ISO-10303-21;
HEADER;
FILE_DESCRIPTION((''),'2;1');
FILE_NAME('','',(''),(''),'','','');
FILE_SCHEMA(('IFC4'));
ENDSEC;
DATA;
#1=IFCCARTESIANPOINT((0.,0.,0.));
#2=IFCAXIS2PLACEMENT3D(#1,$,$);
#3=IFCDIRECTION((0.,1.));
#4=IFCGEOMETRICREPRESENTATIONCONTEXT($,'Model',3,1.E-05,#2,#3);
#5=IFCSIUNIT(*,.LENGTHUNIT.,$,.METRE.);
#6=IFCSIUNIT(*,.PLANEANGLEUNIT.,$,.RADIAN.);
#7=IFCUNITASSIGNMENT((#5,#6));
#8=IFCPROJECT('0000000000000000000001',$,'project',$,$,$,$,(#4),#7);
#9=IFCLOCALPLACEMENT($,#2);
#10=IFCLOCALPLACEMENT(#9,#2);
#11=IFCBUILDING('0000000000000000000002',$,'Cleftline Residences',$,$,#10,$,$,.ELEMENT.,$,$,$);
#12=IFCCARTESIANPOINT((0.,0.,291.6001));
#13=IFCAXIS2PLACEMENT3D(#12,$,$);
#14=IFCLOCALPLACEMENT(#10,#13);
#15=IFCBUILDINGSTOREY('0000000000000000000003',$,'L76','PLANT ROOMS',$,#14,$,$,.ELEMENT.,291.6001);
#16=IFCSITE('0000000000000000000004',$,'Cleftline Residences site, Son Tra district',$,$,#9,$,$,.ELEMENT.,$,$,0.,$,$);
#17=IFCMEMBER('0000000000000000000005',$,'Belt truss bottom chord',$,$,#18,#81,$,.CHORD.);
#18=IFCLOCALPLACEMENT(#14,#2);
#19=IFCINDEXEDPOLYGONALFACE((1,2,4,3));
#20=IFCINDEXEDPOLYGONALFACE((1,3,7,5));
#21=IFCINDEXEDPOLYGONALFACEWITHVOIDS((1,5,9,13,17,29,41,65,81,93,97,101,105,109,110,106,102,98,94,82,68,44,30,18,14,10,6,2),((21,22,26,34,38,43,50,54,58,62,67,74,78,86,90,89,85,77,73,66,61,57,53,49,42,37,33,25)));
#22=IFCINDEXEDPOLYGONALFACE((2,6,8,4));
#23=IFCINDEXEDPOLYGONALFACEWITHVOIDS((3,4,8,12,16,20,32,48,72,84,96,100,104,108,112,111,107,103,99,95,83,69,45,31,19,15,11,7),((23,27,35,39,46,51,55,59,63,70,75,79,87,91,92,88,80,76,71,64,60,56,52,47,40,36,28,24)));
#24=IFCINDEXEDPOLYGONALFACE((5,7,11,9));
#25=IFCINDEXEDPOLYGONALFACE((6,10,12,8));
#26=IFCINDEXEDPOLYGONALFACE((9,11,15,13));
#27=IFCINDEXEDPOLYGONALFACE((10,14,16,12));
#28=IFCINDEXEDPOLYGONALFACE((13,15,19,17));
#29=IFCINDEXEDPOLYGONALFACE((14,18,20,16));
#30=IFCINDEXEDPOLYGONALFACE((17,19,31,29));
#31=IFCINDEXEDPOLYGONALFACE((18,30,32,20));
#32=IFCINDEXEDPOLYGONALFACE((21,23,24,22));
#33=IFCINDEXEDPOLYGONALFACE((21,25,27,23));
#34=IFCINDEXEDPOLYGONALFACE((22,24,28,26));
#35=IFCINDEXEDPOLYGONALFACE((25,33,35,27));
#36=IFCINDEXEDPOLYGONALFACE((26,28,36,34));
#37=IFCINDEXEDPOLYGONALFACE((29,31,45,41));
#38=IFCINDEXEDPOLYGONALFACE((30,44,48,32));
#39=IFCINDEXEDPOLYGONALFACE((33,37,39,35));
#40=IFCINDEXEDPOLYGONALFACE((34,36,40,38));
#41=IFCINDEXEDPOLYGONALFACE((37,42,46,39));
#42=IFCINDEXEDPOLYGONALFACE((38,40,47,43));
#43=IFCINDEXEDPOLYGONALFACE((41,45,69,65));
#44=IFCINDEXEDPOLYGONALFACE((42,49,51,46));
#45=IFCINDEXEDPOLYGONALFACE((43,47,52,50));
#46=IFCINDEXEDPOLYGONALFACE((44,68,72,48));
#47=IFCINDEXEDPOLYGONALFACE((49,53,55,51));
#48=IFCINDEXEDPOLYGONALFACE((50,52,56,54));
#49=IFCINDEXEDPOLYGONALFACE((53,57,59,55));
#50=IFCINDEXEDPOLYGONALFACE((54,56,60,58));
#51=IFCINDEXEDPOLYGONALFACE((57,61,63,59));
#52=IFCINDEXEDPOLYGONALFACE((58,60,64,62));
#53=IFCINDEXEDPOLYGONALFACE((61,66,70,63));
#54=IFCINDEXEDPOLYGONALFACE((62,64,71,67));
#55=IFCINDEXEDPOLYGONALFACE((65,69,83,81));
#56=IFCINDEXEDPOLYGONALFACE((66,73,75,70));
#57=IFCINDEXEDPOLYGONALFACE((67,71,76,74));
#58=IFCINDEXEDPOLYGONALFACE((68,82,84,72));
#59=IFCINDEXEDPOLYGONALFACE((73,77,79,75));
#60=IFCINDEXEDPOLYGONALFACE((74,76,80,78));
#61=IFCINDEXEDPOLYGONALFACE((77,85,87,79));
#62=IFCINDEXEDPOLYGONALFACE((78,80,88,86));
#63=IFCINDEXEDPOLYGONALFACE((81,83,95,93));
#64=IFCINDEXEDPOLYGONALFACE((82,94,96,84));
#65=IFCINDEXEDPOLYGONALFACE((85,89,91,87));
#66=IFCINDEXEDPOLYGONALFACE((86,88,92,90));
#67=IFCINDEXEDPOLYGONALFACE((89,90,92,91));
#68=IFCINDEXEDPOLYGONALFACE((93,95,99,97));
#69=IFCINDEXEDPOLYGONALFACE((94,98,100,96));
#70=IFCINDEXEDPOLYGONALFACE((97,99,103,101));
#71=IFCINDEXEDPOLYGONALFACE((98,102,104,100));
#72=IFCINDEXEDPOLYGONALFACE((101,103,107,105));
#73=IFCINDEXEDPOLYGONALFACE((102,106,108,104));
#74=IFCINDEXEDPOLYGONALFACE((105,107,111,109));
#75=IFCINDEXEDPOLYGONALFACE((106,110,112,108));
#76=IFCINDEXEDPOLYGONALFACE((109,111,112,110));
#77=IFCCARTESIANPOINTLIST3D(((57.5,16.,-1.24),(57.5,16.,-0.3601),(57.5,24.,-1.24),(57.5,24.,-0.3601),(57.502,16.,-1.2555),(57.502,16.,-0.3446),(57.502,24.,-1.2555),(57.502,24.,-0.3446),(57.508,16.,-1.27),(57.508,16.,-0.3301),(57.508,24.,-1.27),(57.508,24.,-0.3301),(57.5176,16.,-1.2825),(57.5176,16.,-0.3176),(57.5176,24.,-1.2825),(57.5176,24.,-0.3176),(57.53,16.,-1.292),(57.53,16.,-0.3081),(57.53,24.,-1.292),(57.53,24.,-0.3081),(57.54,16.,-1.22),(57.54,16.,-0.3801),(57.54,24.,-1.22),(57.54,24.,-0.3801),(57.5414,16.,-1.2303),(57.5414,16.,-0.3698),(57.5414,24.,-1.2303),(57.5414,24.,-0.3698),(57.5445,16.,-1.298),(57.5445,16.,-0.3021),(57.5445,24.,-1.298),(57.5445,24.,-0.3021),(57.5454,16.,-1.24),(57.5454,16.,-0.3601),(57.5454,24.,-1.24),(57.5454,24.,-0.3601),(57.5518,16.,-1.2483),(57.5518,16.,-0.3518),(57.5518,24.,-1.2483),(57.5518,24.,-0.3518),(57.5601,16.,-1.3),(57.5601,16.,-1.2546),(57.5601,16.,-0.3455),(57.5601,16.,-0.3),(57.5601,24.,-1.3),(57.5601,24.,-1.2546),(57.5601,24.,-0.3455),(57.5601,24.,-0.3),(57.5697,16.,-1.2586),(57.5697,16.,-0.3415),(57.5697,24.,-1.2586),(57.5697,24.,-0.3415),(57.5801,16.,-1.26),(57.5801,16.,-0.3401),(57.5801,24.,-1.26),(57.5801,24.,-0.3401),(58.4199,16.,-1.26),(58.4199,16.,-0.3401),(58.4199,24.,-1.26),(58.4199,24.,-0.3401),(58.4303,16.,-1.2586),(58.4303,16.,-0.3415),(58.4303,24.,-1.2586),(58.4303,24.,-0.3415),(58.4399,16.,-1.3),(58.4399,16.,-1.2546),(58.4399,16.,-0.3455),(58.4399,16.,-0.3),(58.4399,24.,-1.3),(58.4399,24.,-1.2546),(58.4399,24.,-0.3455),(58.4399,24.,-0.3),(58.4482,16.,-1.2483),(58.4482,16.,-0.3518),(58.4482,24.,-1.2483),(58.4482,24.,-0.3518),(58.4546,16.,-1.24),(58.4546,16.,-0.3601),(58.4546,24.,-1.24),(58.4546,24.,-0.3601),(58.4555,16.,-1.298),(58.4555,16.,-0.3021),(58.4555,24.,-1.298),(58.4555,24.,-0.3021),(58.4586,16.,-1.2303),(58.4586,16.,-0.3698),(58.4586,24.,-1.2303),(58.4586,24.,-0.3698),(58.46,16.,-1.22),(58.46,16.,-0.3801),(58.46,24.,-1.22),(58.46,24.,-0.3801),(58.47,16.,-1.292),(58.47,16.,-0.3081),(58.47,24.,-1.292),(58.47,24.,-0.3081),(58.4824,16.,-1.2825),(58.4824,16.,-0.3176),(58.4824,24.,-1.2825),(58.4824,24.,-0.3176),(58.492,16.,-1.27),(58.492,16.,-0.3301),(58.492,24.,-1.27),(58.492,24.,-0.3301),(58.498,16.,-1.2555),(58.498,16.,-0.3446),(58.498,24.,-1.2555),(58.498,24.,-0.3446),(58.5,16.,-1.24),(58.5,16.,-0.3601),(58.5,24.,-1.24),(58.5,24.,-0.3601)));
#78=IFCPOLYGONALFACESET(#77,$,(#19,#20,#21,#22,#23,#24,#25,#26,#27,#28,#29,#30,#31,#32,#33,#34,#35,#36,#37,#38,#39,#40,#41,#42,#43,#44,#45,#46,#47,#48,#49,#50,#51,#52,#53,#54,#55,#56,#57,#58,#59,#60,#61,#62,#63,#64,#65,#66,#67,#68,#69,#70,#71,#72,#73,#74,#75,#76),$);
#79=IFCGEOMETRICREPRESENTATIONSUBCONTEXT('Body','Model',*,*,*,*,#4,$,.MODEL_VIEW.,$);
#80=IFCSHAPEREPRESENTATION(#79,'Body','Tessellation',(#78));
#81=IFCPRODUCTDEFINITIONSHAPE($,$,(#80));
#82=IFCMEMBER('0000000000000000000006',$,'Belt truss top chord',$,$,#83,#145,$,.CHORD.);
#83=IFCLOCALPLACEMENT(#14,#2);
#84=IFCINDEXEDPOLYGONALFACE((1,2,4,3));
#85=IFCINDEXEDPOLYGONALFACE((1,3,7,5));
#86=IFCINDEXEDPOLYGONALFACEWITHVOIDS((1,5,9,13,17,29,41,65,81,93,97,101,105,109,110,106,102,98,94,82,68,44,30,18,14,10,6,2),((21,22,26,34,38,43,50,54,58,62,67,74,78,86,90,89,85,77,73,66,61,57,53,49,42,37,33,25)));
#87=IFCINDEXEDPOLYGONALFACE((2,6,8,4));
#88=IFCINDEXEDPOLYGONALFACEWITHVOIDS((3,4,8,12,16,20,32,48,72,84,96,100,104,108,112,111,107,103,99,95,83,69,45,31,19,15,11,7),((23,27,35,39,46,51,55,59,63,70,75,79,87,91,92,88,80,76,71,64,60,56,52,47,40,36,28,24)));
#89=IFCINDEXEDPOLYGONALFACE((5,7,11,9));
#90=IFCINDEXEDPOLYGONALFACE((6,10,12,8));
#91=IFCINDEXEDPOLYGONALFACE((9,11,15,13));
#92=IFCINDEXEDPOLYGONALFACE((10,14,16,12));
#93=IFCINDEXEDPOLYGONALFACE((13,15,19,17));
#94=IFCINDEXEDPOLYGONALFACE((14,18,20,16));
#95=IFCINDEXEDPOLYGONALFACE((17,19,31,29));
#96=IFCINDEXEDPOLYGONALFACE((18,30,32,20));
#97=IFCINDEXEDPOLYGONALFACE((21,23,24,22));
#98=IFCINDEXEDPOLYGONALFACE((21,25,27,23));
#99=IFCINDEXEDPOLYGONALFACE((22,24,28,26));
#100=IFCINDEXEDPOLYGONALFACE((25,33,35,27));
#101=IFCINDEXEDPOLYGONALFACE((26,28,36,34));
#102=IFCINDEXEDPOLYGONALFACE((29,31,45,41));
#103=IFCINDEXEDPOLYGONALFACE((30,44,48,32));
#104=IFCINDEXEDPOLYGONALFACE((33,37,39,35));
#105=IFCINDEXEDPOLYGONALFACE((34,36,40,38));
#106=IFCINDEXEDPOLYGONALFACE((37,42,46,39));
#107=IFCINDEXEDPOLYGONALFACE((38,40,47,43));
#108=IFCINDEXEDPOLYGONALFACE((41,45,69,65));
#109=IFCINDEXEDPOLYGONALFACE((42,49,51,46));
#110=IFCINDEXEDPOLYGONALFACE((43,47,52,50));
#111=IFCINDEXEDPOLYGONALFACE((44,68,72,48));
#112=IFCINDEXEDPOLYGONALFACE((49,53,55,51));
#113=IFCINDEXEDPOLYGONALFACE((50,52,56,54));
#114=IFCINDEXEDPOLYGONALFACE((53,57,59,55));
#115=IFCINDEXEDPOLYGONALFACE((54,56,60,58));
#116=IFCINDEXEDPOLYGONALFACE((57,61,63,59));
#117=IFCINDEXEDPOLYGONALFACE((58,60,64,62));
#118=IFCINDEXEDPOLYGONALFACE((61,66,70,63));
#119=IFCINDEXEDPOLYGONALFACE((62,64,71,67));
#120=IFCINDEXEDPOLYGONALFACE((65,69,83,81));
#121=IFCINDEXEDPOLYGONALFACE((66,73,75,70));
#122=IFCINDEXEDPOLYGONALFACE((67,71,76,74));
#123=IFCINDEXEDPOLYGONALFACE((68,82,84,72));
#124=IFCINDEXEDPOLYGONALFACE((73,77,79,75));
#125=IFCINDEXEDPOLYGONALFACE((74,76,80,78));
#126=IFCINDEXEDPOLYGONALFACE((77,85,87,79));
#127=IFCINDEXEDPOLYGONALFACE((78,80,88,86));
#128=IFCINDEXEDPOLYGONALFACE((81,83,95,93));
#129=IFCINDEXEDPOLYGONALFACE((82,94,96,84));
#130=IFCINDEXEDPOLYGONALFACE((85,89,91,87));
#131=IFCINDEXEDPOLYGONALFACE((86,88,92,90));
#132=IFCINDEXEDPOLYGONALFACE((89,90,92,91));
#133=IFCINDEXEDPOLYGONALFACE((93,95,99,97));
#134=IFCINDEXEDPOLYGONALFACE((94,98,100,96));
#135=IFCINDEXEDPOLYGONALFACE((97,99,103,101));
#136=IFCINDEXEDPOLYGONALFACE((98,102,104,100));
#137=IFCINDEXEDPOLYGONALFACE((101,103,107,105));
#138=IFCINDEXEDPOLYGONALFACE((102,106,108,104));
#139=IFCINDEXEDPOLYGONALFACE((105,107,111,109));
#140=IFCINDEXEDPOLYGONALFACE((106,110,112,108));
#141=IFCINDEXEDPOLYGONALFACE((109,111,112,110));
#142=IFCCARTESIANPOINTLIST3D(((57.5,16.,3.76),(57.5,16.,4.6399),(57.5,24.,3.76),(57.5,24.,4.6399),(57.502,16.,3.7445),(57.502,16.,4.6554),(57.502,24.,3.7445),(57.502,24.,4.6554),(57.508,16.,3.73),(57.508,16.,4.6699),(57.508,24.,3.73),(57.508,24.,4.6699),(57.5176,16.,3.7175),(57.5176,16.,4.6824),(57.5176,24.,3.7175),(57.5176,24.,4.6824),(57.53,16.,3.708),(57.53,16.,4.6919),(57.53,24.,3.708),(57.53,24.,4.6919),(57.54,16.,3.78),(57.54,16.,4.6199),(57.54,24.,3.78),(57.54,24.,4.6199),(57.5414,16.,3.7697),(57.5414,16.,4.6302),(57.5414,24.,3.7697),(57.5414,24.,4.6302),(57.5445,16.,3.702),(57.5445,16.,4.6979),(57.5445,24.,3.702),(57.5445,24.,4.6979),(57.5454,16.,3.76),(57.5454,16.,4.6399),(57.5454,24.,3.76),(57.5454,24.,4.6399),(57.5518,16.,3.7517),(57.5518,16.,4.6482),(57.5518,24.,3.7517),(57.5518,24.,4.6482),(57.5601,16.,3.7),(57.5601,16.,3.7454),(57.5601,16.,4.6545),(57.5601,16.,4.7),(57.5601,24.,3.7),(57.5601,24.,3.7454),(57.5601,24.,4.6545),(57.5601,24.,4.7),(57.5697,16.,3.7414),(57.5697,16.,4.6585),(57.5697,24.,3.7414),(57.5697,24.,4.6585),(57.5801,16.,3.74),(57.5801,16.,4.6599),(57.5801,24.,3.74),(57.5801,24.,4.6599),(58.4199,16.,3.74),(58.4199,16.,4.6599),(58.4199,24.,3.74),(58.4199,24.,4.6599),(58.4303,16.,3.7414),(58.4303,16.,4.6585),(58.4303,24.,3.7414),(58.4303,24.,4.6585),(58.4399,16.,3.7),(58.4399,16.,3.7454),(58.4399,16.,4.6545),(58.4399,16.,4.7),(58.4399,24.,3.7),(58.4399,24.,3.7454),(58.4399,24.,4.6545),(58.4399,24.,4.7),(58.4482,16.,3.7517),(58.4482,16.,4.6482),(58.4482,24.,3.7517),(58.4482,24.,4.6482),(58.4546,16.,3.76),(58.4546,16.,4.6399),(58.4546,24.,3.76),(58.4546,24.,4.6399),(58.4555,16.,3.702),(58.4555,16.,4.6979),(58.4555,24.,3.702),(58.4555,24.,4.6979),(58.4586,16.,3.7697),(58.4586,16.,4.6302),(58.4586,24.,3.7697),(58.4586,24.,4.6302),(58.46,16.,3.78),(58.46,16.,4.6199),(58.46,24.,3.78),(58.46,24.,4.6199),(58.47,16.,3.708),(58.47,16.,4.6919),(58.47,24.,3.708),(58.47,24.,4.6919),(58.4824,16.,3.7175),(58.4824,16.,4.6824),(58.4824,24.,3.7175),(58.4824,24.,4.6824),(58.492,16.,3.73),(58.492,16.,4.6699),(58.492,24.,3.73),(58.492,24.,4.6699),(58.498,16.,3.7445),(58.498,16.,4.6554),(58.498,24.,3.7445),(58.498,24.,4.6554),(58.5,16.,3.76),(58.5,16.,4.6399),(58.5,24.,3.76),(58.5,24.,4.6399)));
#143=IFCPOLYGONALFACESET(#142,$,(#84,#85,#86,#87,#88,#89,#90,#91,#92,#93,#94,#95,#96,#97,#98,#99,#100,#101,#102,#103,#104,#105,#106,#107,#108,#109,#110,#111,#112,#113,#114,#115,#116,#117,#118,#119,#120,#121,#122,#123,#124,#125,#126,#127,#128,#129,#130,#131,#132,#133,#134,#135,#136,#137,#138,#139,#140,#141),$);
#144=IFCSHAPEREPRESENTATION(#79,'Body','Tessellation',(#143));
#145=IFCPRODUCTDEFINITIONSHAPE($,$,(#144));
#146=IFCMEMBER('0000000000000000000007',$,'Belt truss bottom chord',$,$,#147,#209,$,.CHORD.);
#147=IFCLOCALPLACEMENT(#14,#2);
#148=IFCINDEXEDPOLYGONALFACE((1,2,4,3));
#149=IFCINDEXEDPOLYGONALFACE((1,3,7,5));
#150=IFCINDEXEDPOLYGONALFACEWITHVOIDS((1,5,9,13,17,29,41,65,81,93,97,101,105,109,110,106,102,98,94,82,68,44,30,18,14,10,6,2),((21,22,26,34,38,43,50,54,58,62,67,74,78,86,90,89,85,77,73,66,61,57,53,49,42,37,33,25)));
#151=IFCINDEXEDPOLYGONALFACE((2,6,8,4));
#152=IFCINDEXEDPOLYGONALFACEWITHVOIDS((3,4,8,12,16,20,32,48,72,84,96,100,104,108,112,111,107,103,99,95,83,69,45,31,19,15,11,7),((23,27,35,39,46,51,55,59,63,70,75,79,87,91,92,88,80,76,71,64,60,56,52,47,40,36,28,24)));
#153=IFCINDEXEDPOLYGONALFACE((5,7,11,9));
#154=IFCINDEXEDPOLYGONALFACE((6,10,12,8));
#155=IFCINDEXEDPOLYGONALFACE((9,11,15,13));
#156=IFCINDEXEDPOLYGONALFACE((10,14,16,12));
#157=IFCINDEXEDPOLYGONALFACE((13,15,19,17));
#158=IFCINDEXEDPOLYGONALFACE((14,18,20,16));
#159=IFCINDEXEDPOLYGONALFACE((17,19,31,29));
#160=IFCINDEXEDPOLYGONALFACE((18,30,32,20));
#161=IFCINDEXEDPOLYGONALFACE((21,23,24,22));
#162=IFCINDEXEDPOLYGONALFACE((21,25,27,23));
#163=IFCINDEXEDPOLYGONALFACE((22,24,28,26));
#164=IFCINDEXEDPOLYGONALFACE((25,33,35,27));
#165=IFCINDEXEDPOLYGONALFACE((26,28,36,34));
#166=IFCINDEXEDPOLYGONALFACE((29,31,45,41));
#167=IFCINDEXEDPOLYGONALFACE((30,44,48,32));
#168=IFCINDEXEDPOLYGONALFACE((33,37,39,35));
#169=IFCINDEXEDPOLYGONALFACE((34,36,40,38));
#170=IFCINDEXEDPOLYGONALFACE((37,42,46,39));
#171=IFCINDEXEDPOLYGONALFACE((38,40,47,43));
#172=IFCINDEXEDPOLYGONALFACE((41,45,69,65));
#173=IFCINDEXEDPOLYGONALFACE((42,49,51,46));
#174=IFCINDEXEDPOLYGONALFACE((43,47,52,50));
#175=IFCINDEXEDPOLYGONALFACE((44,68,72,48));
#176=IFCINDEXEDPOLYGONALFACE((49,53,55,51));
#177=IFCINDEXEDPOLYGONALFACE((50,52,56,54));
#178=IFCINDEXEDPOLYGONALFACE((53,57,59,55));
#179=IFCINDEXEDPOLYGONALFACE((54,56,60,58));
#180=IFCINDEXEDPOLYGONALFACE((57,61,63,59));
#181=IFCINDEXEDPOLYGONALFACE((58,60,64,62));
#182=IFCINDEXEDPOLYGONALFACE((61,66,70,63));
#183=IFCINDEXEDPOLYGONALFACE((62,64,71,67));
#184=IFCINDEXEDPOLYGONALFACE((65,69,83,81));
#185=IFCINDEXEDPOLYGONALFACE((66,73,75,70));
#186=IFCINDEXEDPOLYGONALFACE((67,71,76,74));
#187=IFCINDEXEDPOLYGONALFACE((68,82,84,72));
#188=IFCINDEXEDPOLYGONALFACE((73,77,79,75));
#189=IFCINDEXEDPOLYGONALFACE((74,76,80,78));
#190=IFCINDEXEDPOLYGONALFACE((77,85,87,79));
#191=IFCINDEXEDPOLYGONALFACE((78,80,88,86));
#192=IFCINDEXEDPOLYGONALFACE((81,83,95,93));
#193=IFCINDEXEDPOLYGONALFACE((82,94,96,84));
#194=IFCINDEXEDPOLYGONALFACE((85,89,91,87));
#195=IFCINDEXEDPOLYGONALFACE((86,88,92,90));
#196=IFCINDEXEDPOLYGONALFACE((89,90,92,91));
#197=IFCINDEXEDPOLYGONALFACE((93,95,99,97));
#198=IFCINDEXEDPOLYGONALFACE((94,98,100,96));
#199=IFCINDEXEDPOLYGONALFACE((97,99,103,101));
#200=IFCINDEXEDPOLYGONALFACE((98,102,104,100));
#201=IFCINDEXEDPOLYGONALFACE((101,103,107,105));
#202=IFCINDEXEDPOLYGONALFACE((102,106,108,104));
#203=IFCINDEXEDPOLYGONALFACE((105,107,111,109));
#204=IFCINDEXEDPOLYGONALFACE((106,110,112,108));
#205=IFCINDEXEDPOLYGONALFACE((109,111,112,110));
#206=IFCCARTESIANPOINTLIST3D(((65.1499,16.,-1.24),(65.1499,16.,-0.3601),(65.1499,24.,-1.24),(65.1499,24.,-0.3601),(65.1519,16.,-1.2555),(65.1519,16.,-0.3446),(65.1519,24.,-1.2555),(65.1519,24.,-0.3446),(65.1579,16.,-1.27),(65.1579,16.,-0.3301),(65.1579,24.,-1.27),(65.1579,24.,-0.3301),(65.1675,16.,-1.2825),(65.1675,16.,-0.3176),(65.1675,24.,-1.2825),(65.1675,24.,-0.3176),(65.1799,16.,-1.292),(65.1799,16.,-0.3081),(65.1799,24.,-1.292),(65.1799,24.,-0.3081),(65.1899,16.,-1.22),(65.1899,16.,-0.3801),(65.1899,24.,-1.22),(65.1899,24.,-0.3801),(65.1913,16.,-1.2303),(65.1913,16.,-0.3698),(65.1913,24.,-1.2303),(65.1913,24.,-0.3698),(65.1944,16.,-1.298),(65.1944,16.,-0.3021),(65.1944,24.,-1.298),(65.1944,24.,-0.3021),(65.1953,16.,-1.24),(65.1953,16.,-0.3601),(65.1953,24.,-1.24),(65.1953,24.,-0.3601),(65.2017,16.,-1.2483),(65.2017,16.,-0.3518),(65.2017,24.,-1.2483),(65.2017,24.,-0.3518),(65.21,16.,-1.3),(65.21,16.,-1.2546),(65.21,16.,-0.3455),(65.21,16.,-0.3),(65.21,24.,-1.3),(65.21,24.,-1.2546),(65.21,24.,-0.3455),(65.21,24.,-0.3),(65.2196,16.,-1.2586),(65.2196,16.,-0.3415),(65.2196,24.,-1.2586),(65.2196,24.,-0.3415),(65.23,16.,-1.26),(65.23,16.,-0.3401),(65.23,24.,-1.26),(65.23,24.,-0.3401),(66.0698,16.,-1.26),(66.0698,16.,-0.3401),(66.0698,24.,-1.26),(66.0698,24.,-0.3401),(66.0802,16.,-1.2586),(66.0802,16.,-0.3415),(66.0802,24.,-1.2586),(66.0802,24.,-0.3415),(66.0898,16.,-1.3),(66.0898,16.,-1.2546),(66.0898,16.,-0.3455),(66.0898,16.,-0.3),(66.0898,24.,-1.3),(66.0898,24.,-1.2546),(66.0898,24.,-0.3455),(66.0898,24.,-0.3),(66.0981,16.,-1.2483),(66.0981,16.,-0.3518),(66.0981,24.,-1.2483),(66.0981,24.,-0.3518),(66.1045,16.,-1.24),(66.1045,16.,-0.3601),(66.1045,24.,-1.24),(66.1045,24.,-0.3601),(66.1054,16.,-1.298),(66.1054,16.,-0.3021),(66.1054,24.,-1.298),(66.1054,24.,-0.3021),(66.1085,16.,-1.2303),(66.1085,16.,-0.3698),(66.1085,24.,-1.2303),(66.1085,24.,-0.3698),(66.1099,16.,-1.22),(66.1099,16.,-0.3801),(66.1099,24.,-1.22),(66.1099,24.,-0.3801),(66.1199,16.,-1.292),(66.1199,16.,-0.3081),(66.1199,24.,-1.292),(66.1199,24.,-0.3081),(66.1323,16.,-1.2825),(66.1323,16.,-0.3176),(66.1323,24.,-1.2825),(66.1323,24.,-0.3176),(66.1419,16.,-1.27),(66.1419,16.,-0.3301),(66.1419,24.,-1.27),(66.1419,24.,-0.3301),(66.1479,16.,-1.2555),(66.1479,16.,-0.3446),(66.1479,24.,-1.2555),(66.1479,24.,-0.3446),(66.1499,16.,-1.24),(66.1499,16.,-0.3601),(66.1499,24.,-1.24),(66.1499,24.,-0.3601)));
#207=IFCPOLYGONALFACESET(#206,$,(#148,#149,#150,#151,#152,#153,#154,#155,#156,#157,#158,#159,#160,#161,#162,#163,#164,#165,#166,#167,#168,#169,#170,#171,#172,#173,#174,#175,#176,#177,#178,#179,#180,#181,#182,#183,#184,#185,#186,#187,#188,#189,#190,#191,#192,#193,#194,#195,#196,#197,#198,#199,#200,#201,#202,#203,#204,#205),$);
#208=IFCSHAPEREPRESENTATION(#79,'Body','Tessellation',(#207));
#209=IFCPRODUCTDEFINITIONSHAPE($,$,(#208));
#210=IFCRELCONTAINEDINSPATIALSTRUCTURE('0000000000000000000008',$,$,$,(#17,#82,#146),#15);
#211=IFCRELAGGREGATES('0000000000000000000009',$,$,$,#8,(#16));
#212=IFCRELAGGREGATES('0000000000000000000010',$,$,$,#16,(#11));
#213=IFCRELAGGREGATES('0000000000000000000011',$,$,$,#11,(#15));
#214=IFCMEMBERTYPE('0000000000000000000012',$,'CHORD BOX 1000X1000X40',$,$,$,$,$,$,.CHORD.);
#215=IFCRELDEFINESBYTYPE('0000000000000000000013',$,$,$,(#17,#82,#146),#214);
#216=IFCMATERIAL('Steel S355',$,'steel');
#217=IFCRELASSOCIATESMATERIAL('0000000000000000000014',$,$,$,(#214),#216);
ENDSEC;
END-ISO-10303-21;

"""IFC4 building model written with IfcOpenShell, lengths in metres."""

from ifc_helpers import new_model, si_unit, direction, frame, origin, origin_2d, place, context, subcontext, project, spatial, hollow_rectangle, extrude, material, material_profile, profile_set, type_object, element, save


model = new_model("IFC4")

# Units and contexts
model_context = context("Model", 3, precision=1e-05, world=origin(), true_north=direction((0.0, 1.0)))
body_context = subcontext(model_context, "Body", "Model", "MODEL_VIEW")
ifc_project = project(units=[si_unit("LENGTHUNIT", "METRE"), si_unit("PLANEANGLEUNIT", "RADIAN")], contexts=[model_context])

# Site, building, storey
site_placement = place(None, origin())
site = spatial("IfcSite", under=ifc_project, at=site_placement, Name="Cleftline Residences site, Son Tra district", CompositionType="ELEMENT", RefElevation=0.0)
building_placement = place(site_placement, origin())
building = spatial("IfcBuilding", under=site, at=building_placement, Name="Cleftline Residences", CompositionType="ELEMENT")
storey_placement = place(building_placement, frame((0.0, 0.0, 291.6001)))
storey = spatial("IfcBuildingStorey", under=building, at=storey_placement, Name="L76", Description="PLANT ROOMS", CompositionType="ELEMENT", Elevation=291.6001)

# Members
ifc_material_1 = material(Name="Steel S355", Category="steel")
ifc_material_profile_1 = material_profile(ifc_material_1, hollow_rectangle(XDim=1.0, YDim=1.0, WallThickness=0.04, InnerFilletRadius=0.04, OuterFilletRadius=0.0601, at=origin_2d()))
ifc_profile_set_1 = profile_set([ifc_material_profile_1], Name="Steel S355")
member_type_1 = type_object("IfcMemberType", Name="CHORD BOX 1000X1000X40", PredefinedType="CHORD", material=ifc_profile_set_1)
for number, where, z_axis, x_axis, name in (
    (1, (58.0, 16.0, -0.8), (0.0, 1.0, 0.0), (-1.0, 0.0, 0.0), "Belt truss bottom chord"),
    (2, (58.0, 16.0, 4.2), (0.0, 1.0, 0.0), (-1.0, 0.0, 0.0), "Belt truss top chord"),
    (3, (65.6499, 16.0, -0.8), (0.0, 1.0, 0.0), (-1.0, 0.0, 0.0), "Belt truss bottom chord"),
):
    element("IfcMember", number, at=place(storey_placement, frame(where, z_axis=z_axis, x_axis=x_axis)), inside=storey, type_object=member_type_1, Name=name, PredefinedType="CHORD", context=body_context, shape_type="SweptSolid", body=[
        extrude(hollow_rectangle(XDim=1.0, YDim=1.0, WallThickness=0.04, InnerFilletRadius=0.04, OuterFilletRadius=0.0601, at=origin_2d()), origin(), (0.0, 0.0, 1.0), 8.0),
    ])

save(model, "model.ifc")
